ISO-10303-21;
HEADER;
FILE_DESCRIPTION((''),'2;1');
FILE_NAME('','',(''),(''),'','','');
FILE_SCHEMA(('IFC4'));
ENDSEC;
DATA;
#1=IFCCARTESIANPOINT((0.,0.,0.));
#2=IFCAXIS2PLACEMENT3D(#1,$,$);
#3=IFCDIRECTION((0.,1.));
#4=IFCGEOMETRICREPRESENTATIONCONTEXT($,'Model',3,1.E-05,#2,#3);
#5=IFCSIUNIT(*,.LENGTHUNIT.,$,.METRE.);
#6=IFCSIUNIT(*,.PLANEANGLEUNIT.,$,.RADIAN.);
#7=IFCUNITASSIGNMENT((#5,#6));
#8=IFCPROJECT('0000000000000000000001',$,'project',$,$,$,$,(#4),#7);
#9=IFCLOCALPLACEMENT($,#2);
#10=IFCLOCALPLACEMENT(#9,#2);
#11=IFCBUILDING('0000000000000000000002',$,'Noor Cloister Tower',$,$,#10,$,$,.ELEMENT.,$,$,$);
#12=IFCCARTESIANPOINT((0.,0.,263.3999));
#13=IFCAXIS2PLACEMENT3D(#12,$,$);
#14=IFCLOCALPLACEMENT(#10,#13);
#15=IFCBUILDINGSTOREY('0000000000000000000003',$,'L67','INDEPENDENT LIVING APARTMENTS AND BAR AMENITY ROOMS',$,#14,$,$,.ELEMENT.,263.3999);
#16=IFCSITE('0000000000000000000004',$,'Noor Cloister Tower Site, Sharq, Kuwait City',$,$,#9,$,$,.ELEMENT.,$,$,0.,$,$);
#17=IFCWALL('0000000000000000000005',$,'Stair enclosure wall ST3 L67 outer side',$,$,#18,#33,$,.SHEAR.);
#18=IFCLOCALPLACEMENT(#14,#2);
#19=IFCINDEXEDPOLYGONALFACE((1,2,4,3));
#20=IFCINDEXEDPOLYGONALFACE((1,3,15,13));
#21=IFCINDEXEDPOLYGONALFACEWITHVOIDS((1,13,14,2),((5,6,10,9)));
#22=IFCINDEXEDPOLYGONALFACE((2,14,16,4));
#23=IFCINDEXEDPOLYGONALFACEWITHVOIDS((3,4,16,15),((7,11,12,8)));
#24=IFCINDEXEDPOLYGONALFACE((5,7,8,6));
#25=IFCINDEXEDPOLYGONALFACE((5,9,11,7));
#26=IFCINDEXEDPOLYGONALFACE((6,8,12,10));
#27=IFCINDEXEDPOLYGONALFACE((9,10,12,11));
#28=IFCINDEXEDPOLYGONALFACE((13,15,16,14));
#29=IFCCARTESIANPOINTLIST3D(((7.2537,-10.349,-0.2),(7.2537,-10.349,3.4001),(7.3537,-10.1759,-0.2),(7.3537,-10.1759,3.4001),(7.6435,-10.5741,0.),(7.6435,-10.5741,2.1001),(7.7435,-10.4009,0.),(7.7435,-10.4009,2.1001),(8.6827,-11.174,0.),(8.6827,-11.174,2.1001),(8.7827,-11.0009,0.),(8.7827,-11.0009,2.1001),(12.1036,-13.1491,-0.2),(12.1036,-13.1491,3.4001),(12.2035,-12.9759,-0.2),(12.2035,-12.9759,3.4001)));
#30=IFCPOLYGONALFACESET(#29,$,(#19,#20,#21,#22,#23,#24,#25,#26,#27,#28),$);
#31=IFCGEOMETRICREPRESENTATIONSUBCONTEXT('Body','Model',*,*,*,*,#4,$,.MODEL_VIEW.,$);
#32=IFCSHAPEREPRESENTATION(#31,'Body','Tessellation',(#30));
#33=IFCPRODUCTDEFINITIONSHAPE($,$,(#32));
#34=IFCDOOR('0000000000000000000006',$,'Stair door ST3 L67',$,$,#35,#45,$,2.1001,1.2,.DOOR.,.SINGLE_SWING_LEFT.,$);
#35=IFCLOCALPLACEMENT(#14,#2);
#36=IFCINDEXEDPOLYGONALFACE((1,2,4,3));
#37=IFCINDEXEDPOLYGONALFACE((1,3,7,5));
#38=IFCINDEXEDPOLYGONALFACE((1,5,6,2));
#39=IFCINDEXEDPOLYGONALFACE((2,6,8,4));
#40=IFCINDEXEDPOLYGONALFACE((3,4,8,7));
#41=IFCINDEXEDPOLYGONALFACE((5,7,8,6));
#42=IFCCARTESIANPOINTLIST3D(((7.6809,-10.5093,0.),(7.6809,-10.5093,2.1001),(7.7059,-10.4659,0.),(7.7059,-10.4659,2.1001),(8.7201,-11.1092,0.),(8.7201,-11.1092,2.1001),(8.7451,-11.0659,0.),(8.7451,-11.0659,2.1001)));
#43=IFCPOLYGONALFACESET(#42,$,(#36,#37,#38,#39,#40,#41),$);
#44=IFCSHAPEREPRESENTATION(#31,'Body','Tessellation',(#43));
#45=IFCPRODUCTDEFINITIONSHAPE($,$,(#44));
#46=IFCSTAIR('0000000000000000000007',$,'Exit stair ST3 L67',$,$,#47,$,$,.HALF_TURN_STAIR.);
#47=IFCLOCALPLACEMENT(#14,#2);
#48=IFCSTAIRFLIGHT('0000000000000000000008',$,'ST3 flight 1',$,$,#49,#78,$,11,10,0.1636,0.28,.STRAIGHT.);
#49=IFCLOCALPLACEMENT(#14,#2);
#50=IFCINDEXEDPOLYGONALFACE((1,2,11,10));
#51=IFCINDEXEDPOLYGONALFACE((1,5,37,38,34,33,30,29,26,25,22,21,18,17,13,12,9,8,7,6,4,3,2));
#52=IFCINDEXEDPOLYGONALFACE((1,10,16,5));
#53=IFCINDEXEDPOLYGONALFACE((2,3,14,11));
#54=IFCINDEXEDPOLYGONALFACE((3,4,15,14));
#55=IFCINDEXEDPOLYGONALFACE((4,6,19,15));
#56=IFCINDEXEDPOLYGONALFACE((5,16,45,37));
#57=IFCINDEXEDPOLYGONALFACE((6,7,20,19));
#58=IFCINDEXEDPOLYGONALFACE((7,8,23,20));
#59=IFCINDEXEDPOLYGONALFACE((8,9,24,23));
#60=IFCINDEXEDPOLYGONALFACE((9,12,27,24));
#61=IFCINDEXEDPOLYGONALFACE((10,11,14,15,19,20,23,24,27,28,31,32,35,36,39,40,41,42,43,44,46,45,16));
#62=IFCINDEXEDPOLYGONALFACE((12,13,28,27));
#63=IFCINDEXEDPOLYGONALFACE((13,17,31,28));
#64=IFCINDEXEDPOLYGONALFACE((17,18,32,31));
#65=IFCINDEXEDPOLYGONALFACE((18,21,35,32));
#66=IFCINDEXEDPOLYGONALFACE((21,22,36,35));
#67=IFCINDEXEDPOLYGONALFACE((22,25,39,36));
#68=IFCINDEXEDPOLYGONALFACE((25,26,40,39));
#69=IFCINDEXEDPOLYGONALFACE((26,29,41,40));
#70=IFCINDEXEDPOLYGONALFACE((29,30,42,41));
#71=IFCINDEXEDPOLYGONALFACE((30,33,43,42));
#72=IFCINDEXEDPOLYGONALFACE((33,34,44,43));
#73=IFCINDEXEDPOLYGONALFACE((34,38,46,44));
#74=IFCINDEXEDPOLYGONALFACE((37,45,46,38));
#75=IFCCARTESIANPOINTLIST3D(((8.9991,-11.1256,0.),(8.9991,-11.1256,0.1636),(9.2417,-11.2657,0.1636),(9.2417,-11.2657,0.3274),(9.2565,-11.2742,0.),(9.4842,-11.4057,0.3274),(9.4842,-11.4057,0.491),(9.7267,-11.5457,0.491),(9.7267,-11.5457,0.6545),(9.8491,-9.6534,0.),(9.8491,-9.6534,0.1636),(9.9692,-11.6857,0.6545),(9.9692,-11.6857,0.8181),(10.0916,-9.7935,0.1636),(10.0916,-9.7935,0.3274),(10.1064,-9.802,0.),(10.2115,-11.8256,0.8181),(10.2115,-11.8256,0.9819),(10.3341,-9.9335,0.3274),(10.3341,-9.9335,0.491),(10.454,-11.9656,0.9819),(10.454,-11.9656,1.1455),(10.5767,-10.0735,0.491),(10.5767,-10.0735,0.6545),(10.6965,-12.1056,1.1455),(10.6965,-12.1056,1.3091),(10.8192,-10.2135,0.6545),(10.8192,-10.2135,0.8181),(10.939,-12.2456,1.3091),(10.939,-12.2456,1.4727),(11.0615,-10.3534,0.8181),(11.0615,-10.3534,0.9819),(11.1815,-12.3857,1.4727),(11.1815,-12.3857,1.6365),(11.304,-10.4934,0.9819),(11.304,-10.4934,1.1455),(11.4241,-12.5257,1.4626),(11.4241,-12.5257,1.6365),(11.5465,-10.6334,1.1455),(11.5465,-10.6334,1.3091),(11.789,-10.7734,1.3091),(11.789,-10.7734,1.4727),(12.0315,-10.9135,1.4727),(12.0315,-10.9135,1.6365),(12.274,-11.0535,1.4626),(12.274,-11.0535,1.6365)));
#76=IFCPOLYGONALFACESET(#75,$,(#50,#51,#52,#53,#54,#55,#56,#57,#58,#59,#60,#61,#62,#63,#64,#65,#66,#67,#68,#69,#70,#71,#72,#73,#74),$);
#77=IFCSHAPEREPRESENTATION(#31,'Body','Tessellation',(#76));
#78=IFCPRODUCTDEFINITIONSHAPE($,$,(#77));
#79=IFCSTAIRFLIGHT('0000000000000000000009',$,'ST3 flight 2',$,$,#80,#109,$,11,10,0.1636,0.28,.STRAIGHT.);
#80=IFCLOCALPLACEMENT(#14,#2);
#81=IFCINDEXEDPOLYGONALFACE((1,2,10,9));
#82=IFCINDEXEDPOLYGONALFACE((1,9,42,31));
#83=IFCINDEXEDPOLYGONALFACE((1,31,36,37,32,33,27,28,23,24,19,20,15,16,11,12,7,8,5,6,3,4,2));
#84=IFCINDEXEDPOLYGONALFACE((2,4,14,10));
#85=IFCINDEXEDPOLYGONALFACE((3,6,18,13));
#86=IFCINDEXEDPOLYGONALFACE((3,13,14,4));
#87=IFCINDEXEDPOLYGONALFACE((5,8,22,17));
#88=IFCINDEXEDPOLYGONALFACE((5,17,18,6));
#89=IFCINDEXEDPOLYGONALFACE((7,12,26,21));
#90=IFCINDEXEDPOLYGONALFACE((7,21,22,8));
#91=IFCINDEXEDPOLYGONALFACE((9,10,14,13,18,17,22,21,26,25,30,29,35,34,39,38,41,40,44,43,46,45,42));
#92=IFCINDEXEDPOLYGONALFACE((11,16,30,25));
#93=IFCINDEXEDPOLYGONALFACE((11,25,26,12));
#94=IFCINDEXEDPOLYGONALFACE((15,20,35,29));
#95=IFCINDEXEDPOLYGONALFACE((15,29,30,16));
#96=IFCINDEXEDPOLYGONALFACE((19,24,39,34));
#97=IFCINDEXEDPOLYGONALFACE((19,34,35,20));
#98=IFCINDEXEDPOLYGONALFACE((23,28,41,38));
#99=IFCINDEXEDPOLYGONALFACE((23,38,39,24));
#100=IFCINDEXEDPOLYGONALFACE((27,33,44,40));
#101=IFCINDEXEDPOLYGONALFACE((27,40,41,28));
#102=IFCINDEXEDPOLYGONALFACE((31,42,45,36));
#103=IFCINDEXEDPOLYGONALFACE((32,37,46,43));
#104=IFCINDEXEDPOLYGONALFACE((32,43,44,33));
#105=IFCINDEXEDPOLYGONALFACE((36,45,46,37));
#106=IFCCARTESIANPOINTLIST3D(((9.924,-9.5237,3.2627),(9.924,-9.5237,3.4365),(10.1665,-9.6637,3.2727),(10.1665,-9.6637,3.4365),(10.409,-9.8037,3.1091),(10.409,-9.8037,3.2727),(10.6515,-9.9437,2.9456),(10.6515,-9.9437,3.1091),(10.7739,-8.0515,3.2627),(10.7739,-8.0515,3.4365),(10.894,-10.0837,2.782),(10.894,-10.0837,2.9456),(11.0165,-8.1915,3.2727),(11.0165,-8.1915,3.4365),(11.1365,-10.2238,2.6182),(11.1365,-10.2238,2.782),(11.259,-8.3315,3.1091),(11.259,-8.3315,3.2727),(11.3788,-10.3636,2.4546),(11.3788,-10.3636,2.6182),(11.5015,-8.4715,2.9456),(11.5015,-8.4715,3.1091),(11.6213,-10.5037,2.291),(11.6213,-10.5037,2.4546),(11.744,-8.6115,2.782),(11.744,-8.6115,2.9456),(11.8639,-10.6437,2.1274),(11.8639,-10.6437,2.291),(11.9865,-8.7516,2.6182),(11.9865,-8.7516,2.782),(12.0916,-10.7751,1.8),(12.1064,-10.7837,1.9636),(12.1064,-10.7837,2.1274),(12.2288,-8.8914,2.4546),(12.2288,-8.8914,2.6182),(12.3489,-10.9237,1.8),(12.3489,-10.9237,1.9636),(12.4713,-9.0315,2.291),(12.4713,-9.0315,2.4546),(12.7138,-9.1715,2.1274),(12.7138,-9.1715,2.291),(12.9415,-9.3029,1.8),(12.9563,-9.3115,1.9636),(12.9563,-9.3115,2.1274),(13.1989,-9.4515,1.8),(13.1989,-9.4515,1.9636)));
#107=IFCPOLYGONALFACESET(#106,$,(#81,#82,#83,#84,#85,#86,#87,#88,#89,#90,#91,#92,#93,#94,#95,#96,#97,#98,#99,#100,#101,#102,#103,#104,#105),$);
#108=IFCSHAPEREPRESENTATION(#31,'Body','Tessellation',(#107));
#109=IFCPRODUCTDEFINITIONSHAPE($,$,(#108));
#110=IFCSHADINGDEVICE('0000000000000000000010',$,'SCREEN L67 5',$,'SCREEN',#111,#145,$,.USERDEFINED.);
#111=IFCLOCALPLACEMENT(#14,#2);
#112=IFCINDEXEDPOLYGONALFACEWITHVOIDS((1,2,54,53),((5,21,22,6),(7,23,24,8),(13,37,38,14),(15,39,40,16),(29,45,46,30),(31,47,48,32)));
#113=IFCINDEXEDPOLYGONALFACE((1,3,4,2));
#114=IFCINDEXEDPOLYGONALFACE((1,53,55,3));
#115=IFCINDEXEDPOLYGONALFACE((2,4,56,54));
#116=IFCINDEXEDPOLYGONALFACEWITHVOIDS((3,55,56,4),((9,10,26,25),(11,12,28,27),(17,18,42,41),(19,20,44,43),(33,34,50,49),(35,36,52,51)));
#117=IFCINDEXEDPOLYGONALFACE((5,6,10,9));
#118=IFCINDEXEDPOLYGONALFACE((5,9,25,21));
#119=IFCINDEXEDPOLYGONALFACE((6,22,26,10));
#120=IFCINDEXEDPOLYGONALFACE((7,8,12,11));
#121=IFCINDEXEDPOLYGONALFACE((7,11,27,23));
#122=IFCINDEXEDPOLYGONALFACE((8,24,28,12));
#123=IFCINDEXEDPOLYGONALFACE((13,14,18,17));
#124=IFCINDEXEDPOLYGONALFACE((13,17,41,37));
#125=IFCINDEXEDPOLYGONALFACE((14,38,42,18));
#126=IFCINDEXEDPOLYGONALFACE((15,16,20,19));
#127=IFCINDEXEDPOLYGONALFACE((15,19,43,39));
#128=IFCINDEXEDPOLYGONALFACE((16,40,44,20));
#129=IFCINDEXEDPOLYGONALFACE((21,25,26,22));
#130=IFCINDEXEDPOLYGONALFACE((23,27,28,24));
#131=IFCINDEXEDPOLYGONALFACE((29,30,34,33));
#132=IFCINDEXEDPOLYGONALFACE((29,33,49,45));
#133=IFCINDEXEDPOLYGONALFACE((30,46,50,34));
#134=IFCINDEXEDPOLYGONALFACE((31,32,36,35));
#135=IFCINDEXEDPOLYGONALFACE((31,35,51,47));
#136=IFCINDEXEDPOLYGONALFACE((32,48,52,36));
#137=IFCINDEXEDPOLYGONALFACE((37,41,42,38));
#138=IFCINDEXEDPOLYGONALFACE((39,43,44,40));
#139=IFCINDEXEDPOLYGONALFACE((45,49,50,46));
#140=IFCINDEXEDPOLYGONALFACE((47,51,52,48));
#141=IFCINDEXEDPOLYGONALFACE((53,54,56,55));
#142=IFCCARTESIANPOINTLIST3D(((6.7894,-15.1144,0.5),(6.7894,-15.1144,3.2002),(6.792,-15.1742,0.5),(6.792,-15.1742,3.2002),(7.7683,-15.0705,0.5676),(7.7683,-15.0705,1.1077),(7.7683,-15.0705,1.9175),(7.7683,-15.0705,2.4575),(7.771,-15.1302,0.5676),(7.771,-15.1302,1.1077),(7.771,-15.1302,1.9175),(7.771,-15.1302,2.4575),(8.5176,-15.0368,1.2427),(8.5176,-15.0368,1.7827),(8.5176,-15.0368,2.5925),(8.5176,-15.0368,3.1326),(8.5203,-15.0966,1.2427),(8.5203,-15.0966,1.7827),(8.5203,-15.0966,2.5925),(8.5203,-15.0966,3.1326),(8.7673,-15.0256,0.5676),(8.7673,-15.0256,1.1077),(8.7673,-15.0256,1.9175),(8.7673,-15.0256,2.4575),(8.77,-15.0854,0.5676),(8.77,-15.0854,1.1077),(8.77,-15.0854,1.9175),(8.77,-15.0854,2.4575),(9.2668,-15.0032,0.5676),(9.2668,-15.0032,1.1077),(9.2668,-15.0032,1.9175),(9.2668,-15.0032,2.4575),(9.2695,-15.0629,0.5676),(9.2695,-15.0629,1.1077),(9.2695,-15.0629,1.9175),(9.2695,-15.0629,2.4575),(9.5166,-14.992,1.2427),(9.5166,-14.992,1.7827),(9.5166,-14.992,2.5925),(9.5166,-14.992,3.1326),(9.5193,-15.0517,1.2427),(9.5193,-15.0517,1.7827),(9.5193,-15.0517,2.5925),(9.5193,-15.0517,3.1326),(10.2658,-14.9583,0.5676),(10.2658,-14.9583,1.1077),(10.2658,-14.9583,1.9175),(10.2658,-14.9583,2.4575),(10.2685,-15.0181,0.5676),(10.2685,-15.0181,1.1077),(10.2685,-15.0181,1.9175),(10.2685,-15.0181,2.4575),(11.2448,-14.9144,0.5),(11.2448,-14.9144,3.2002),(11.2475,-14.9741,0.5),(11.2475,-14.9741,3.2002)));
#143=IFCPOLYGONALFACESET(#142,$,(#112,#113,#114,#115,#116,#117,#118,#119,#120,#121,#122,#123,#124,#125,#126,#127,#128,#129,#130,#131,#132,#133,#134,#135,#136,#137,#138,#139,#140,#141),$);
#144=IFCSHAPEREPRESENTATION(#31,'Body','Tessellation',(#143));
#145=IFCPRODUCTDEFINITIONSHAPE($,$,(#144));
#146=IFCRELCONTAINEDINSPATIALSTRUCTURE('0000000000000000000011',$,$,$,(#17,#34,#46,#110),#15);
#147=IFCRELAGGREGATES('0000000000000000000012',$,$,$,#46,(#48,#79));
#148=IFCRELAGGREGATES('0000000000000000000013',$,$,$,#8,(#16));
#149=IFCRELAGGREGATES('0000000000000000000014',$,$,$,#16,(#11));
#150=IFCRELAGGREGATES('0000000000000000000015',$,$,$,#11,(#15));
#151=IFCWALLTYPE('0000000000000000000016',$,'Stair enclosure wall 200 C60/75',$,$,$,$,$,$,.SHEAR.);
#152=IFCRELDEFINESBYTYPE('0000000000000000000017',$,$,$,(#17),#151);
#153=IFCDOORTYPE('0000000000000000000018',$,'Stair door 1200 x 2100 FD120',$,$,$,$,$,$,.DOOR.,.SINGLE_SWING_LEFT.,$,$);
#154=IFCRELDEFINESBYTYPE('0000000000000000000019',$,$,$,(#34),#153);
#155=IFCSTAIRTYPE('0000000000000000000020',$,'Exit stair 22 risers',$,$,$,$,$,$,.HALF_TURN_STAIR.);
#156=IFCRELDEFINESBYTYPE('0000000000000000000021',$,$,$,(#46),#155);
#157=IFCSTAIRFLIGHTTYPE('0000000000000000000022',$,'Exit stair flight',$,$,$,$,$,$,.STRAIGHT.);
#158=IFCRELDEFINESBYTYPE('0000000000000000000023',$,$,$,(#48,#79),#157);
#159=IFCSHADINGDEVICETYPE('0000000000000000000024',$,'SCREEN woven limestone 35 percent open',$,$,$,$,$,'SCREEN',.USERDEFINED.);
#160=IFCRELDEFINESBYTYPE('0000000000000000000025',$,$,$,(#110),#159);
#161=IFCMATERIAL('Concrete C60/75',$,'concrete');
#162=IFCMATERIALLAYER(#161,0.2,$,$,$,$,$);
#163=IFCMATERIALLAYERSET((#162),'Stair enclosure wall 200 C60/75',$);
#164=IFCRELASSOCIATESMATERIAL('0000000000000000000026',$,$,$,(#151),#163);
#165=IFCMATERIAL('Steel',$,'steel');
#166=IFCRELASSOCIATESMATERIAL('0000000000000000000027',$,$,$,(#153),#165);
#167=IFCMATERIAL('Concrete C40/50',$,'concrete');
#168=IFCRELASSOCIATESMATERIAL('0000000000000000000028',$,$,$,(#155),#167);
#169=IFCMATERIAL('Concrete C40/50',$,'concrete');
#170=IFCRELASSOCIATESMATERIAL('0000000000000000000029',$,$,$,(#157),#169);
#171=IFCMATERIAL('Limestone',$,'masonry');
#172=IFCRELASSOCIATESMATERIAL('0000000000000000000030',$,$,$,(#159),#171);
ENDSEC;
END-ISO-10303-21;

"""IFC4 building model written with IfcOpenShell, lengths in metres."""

from ifc_helpers import new_model, si_unit, direction, frame, frame_2d, origin, place, context, subcontext, project, spatial, polyline, rectangle, outline, extrude, material, layer, layer_set, material_profile, profile_set, type_object, element, fill, aggregate, save


model = new_model("IFC4")

# Units and contexts
model_context = context("Model", 3, precision=1e-05, world=origin(), true_north=direction((0.0, 1.0)))
body_context = subcontext(model_context, "Body", "Model", "MODEL_VIEW")
ifc_project = project(units=[si_unit("LENGTHUNIT", "METRE"), si_unit("PLANEANGLEUNIT", "RADIAN")], contexts=[model_context])

# Site, building, storey
site_placement = place(None, origin())
site = spatial("IfcSite", under=ifc_project, at=site_placement, Name="Noor Cloister Tower Site, Sharq, Kuwait City", CompositionType="ELEMENT", RefElevation=0.0)
building_placement = place(site_placement, origin())
building = spatial("IfcBuilding", under=site, at=building_placement, Name="Noor Cloister Tower", CompositionType="ELEMENT")
storey_placement = place(building_placement, frame((0.0, 0.0, 263.3999)))
storey = spatial("IfcBuildingStorey", under=building, at=storey_placement, Name="L67", Description="INDEPENDENT LIVING APARTMENTS AND BAR AMENITY ROOMS", CompositionType="ELEMENT", Elevation=263.3999)

# Wall, opening, door
ifc_material_1 = material(Name="Concrete C60/75", Category="concrete")
ifc_layer_1 = layer(ifc_material_1, 0.2)
ifc_layer_set_1 = layer_set([ifc_layer_1], Name="Stair enclosure wall 200 C60/75")
wall_type_1 = type_object("IfcWallType", Name="Stair enclosure wall 200 C60/75", PredefinedType="SHEAR", material=ifc_layer_set_1)
ifc_material_2 = material(Name="Steel", Category="steel")
door_type_1 = type_object("IfcDoorType", Name="Stair door 1200 x 2100 FD120", OperationType="SINGLE_SWING_LEFT", PredefinedType="DOOR", material=ifc_material_2)
wall_1_placement = place(storey_placement, frame((7.3037, -10.2625, -0.2), z_axis=(0.0, 0.0, 1.0), x_axis=(0.866027, -0.499998, 0.0)))
wall_1 = element("IfcWall", 1, at=wall_1_placement, inside=storey, type_object=wall_type_1, Name="Stair enclosure wall ST3 L67 outer side", PredefinedType="SHEAR", context=body_context, shape_type="SweptSolid", body=[
    extrude(rectangle(XDim=5.6001, YDim=0.2, at=frame_2d((2.8, 0.0))), origin(), (0.0, 0.0, 1.0), 3.6001),
])
opening_1_placement = place(wall_1_placement, frame((0.45, 0.0, 0.2)))
opening_1 = element("IfcOpeningElement", 2, at=opening_1_placement, cuts=wall_1, PredefinedType="OPENING", context=body_context, shape_type="SweptSolid", body=[
    extrude(rectangle(XDim=1.2, YDim=2.1001, at=frame_2d((0.6001, 1.05))), frame((0.0, 0.1099, 0.0), z_axis=(0.0, -1.0, 0.0), x_axis=(1.0, 0.0, 0.0)), (0.0, 0.0, 1.0), 0.22),
])
door_1_placement = place(opening_1_placement, origin())
door_1 = element("IfcDoor", 3, at=door_1_placement, inside=storey, type_object=door_type_1, Name="Stair door ST3 L67", OperationType="SINGLE_SWING_LEFT", OverallHeight=2.1001, OverallWidth=1.2, PredefinedType="DOOR", context=body_context, shape_type="SweptSolid", body=[
    extrude(rectangle(XDim=1.2, YDim=2.1001, at=frame_2d((0.6001, 1.05))), frame((0.0, 0.0249, 0.0), z_axis=(0.0, -1.0, 0.0), x_axis=(1.0, 0.0, 0.0)), (0.0, 0.0, 1.0), 0.05),
])
fill(opening_1, door_1)

# Stair, stair flights
ifc_material_3 = material(Name="Concrete C40/50", Category="concrete")
stair_type = type_object("IfcStairType", Name="Exit stair 22 risers", PredefinedType="HALF_TURN_STAIR", material=ifc_material_3)
stair_placement = place(storey_placement, origin())
stair = element("IfcStair", 4, at=stair_placement, inside=storey, type_object=stair_type, Name="Exit stair ST3 L67", PredefinedType="HALF_TURN_STAIR")
ifc_material_4 = material(Name="Concrete C40/50", Category="concrete")
stair_flight_type = type_object("IfcStairFlightType", Name="Exit stair flight", PredefinedType="STRAIGHT", material=ifc_material_4)
stair_flight_1_placement = place(storey_placement, frame((9.4241, -10.3896, 0.0), z_axis=(0.0, 0.0, 1.0), x_axis=(0.866025, -0.5, 0.0)))
stair_flight_1 = element("IfcStairFlight", 5, at=stair_flight_1_placement, type_object=stair_flight_type, Name="ST3 flight 1", NumberOfRisers=11, NumberOfTreads=10, PredefinedType="STRAIGHT", RiserHeight=0.1636, TreadLength=0.28, context=body_context, shape_type="SweptSolid", body=[
    extrude(outline(polyline([(0.0, 0.0), (0.0, 0.1636), (0.28, 0.1636), (0.28, 0.3274), (0.5601, 0.3274), (0.5601, 0.491), (0.8401, 0.491), (0.8401, 0.6545), (1.1201, 0.6545), (1.1201, 0.8181), (1.3999, 0.8181), (1.3999, 0.9819), (1.6799, 0.9819), (1.6799, 1.1455), (1.96, 1.1455), (1.96, 1.3091), (2.24, 1.3091), (2.24, 1.4727), (2.52, 1.4727), (2.52, 1.6365), (2.8, 1.6365), (2.8, 1.8), (2.8, 1.4626), (0.2971, 0.0), (0.0, 0.0)])), frame((0.0, 0.8501, 0.0), z_axis=(0.0, -1.0, 0.0), x_axis=(1.0, 0.0, 0.0)), (0.0, 0.0, 1.0), 1.7),
])
stair_flight_2_placement = place(storey_placement, frame((12.7739, -10.1875, 1.8), z_axis=(0.0, 0.0, 1.0), x_axis=(-0.866025, 0.5, 0.0)))
stair_flight_2 = element("IfcStairFlight", 6, at=stair_flight_2_placement, type_object=stair_flight_type, Name="ST3 flight 2", NumberOfRisers=11, NumberOfTreads=10, PredefinedType="STRAIGHT", RiserHeight=0.1636, TreadLength=0.28, context=body_context, shape_type="SweptSolid", body=[
    extrude(outline(polyline([(0.0, 0.0), (0.0, 0.1636), (0.28, 0.1636), (0.28, 0.3274), (0.5601, 0.3274), (0.5601, 0.491), (0.8401, 0.491), (0.8401, 0.6545), (1.1201, 0.6545), (1.1201, 0.8181), (1.3999, 0.8181), (1.3999, 0.9819), (1.6799, 0.9819), (1.6799, 1.1455), (1.96, 1.1455), (1.96, 1.3091), (2.24, 1.3091), (2.24, 1.4727), (2.52, 1.4727), (2.52, 1.6365), (2.8, 1.6365), (2.8, 1.8), (2.8, 1.4626), (0.2971, 0.0), (0.0, 0.0)])), frame((0.0, 0.8501, 0.0), z_axis=(0.0, -1.0, 0.0), x_axis=(1.0, 0.0, 0.0)), (0.0, 0.0, 1.0), 1.7),
])
aggregate(stair, [stair_flight_1, stair_flight_2])

# Shading device
ifc_material_5 = material(Name="Limestone", Category="masonry")
ifc_material_profile_1 = material_profile(ifc_material_5, outline(polyline([(-2.23, -1.3501), (2.23, -1.3501), (2.23, 1.3501), (-2.23, 1.3501), (-2.23, -1.3501)]), holes=[polyline([(-1.25, -1.2825), (-0.25, -1.2825), (-0.25, -0.7424), (-1.25, -0.7424), (-1.25, -1.2825)]), polyline([(0.25, -1.2825), (1.25, -1.2825), (1.25, -0.7424), (0.25, -0.7424), (0.25, -1.2825)]), polyline([(-0.5, -0.6074), (0.5, -0.6074), (0.5, -0.0674), (-0.5, -0.0674), (-0.5, -0.6074)]), polyline([(-1.25, 0.0674), (-0.25, 0.0674), (-0.25, 0.6074), (-1.25, 0.6074), (-1.25, 0.0674)]), polyline([(0.25, 0.0674), (1.25, 0.0674), (1.25, 0.6074), (0.25, 0.6074), (0.25, 0.0674)]), polyline([(-0.5, 0.7424), (0.5, 0.7424), (0.5, 1.2825), (-0.5, 1.2825), (-0.5, 0.7424)])]), Name="Woven screen 35 percent open")
ifc_profile_set_1 = profile_set([ifc_material_profile_1], Name="Limestone")
shading_device_type = type_object("IfcShadingDeviceType", Name="SCREEN woven limestone 35 percent open", ElementType="SCREEN", PredefinedType="USERDEFINED", material=ifc_profile_set_1)
shading_device_placement = place(storey_placement, frame((9.0171, -15.0144, 1.8501), z_axis=(0.044853, -0.998994, 0.0), x_axis=(0.998994, 0.044853, 0.0)))
element("IfcShadingDevice", 7, at=shading_device_placement, inside=storey, type_object=shading_device_type, Name="SCREEN L67 5", ObjectType="SCREEN", PredefinedType="USERDEFINED", context=body_context, shape_type="SweptSolid", body=[
    extrude(outline(polyline([(-2.23, -1.3501), (2.23, -1.3501), (2.23, 1.3501), (-2.23, 1.3501), (-2.23, -1.3501)]), holes=[polyline([(-1.25, -1.2825), (-0.25, -1.2825), (-0.25, -0.7424), (-1.25, -0.7424), (-1.25, -1.2825)]), polyline([(0.25, -1.2825), (1.25, -1.2825), (1.25, -0.7424), (0.25, -0.7424), (0.25, -1.2825)]), polyline([(-0.5, -0.6074), (0.5, -0.6074), (0.5, -0.0674), (-0.5, -0.0674), (-0.5, -0.6074)]), polyline([(-1.25, 0.0674), (-0.25, 0.0674), (-0.25, 0.6074), (-1.25, 0.6074), (-1.25, 0.0674)]), polyline([(0.25, 0.0674), (1.25, 0.0674), (1.25, 0.6074), (0.25, 0.6074), (0.25, 0.0674)]), polyline([(-0.5, 0.7424), (0.5, 0.7424), (0.5, 1.2825), (-0.5, 1.2825), (-0.5, 0.7424)])]), origin(), (0.0, 0.0, 1.0), 0.0598),
])

save(model, "model.ifc")
